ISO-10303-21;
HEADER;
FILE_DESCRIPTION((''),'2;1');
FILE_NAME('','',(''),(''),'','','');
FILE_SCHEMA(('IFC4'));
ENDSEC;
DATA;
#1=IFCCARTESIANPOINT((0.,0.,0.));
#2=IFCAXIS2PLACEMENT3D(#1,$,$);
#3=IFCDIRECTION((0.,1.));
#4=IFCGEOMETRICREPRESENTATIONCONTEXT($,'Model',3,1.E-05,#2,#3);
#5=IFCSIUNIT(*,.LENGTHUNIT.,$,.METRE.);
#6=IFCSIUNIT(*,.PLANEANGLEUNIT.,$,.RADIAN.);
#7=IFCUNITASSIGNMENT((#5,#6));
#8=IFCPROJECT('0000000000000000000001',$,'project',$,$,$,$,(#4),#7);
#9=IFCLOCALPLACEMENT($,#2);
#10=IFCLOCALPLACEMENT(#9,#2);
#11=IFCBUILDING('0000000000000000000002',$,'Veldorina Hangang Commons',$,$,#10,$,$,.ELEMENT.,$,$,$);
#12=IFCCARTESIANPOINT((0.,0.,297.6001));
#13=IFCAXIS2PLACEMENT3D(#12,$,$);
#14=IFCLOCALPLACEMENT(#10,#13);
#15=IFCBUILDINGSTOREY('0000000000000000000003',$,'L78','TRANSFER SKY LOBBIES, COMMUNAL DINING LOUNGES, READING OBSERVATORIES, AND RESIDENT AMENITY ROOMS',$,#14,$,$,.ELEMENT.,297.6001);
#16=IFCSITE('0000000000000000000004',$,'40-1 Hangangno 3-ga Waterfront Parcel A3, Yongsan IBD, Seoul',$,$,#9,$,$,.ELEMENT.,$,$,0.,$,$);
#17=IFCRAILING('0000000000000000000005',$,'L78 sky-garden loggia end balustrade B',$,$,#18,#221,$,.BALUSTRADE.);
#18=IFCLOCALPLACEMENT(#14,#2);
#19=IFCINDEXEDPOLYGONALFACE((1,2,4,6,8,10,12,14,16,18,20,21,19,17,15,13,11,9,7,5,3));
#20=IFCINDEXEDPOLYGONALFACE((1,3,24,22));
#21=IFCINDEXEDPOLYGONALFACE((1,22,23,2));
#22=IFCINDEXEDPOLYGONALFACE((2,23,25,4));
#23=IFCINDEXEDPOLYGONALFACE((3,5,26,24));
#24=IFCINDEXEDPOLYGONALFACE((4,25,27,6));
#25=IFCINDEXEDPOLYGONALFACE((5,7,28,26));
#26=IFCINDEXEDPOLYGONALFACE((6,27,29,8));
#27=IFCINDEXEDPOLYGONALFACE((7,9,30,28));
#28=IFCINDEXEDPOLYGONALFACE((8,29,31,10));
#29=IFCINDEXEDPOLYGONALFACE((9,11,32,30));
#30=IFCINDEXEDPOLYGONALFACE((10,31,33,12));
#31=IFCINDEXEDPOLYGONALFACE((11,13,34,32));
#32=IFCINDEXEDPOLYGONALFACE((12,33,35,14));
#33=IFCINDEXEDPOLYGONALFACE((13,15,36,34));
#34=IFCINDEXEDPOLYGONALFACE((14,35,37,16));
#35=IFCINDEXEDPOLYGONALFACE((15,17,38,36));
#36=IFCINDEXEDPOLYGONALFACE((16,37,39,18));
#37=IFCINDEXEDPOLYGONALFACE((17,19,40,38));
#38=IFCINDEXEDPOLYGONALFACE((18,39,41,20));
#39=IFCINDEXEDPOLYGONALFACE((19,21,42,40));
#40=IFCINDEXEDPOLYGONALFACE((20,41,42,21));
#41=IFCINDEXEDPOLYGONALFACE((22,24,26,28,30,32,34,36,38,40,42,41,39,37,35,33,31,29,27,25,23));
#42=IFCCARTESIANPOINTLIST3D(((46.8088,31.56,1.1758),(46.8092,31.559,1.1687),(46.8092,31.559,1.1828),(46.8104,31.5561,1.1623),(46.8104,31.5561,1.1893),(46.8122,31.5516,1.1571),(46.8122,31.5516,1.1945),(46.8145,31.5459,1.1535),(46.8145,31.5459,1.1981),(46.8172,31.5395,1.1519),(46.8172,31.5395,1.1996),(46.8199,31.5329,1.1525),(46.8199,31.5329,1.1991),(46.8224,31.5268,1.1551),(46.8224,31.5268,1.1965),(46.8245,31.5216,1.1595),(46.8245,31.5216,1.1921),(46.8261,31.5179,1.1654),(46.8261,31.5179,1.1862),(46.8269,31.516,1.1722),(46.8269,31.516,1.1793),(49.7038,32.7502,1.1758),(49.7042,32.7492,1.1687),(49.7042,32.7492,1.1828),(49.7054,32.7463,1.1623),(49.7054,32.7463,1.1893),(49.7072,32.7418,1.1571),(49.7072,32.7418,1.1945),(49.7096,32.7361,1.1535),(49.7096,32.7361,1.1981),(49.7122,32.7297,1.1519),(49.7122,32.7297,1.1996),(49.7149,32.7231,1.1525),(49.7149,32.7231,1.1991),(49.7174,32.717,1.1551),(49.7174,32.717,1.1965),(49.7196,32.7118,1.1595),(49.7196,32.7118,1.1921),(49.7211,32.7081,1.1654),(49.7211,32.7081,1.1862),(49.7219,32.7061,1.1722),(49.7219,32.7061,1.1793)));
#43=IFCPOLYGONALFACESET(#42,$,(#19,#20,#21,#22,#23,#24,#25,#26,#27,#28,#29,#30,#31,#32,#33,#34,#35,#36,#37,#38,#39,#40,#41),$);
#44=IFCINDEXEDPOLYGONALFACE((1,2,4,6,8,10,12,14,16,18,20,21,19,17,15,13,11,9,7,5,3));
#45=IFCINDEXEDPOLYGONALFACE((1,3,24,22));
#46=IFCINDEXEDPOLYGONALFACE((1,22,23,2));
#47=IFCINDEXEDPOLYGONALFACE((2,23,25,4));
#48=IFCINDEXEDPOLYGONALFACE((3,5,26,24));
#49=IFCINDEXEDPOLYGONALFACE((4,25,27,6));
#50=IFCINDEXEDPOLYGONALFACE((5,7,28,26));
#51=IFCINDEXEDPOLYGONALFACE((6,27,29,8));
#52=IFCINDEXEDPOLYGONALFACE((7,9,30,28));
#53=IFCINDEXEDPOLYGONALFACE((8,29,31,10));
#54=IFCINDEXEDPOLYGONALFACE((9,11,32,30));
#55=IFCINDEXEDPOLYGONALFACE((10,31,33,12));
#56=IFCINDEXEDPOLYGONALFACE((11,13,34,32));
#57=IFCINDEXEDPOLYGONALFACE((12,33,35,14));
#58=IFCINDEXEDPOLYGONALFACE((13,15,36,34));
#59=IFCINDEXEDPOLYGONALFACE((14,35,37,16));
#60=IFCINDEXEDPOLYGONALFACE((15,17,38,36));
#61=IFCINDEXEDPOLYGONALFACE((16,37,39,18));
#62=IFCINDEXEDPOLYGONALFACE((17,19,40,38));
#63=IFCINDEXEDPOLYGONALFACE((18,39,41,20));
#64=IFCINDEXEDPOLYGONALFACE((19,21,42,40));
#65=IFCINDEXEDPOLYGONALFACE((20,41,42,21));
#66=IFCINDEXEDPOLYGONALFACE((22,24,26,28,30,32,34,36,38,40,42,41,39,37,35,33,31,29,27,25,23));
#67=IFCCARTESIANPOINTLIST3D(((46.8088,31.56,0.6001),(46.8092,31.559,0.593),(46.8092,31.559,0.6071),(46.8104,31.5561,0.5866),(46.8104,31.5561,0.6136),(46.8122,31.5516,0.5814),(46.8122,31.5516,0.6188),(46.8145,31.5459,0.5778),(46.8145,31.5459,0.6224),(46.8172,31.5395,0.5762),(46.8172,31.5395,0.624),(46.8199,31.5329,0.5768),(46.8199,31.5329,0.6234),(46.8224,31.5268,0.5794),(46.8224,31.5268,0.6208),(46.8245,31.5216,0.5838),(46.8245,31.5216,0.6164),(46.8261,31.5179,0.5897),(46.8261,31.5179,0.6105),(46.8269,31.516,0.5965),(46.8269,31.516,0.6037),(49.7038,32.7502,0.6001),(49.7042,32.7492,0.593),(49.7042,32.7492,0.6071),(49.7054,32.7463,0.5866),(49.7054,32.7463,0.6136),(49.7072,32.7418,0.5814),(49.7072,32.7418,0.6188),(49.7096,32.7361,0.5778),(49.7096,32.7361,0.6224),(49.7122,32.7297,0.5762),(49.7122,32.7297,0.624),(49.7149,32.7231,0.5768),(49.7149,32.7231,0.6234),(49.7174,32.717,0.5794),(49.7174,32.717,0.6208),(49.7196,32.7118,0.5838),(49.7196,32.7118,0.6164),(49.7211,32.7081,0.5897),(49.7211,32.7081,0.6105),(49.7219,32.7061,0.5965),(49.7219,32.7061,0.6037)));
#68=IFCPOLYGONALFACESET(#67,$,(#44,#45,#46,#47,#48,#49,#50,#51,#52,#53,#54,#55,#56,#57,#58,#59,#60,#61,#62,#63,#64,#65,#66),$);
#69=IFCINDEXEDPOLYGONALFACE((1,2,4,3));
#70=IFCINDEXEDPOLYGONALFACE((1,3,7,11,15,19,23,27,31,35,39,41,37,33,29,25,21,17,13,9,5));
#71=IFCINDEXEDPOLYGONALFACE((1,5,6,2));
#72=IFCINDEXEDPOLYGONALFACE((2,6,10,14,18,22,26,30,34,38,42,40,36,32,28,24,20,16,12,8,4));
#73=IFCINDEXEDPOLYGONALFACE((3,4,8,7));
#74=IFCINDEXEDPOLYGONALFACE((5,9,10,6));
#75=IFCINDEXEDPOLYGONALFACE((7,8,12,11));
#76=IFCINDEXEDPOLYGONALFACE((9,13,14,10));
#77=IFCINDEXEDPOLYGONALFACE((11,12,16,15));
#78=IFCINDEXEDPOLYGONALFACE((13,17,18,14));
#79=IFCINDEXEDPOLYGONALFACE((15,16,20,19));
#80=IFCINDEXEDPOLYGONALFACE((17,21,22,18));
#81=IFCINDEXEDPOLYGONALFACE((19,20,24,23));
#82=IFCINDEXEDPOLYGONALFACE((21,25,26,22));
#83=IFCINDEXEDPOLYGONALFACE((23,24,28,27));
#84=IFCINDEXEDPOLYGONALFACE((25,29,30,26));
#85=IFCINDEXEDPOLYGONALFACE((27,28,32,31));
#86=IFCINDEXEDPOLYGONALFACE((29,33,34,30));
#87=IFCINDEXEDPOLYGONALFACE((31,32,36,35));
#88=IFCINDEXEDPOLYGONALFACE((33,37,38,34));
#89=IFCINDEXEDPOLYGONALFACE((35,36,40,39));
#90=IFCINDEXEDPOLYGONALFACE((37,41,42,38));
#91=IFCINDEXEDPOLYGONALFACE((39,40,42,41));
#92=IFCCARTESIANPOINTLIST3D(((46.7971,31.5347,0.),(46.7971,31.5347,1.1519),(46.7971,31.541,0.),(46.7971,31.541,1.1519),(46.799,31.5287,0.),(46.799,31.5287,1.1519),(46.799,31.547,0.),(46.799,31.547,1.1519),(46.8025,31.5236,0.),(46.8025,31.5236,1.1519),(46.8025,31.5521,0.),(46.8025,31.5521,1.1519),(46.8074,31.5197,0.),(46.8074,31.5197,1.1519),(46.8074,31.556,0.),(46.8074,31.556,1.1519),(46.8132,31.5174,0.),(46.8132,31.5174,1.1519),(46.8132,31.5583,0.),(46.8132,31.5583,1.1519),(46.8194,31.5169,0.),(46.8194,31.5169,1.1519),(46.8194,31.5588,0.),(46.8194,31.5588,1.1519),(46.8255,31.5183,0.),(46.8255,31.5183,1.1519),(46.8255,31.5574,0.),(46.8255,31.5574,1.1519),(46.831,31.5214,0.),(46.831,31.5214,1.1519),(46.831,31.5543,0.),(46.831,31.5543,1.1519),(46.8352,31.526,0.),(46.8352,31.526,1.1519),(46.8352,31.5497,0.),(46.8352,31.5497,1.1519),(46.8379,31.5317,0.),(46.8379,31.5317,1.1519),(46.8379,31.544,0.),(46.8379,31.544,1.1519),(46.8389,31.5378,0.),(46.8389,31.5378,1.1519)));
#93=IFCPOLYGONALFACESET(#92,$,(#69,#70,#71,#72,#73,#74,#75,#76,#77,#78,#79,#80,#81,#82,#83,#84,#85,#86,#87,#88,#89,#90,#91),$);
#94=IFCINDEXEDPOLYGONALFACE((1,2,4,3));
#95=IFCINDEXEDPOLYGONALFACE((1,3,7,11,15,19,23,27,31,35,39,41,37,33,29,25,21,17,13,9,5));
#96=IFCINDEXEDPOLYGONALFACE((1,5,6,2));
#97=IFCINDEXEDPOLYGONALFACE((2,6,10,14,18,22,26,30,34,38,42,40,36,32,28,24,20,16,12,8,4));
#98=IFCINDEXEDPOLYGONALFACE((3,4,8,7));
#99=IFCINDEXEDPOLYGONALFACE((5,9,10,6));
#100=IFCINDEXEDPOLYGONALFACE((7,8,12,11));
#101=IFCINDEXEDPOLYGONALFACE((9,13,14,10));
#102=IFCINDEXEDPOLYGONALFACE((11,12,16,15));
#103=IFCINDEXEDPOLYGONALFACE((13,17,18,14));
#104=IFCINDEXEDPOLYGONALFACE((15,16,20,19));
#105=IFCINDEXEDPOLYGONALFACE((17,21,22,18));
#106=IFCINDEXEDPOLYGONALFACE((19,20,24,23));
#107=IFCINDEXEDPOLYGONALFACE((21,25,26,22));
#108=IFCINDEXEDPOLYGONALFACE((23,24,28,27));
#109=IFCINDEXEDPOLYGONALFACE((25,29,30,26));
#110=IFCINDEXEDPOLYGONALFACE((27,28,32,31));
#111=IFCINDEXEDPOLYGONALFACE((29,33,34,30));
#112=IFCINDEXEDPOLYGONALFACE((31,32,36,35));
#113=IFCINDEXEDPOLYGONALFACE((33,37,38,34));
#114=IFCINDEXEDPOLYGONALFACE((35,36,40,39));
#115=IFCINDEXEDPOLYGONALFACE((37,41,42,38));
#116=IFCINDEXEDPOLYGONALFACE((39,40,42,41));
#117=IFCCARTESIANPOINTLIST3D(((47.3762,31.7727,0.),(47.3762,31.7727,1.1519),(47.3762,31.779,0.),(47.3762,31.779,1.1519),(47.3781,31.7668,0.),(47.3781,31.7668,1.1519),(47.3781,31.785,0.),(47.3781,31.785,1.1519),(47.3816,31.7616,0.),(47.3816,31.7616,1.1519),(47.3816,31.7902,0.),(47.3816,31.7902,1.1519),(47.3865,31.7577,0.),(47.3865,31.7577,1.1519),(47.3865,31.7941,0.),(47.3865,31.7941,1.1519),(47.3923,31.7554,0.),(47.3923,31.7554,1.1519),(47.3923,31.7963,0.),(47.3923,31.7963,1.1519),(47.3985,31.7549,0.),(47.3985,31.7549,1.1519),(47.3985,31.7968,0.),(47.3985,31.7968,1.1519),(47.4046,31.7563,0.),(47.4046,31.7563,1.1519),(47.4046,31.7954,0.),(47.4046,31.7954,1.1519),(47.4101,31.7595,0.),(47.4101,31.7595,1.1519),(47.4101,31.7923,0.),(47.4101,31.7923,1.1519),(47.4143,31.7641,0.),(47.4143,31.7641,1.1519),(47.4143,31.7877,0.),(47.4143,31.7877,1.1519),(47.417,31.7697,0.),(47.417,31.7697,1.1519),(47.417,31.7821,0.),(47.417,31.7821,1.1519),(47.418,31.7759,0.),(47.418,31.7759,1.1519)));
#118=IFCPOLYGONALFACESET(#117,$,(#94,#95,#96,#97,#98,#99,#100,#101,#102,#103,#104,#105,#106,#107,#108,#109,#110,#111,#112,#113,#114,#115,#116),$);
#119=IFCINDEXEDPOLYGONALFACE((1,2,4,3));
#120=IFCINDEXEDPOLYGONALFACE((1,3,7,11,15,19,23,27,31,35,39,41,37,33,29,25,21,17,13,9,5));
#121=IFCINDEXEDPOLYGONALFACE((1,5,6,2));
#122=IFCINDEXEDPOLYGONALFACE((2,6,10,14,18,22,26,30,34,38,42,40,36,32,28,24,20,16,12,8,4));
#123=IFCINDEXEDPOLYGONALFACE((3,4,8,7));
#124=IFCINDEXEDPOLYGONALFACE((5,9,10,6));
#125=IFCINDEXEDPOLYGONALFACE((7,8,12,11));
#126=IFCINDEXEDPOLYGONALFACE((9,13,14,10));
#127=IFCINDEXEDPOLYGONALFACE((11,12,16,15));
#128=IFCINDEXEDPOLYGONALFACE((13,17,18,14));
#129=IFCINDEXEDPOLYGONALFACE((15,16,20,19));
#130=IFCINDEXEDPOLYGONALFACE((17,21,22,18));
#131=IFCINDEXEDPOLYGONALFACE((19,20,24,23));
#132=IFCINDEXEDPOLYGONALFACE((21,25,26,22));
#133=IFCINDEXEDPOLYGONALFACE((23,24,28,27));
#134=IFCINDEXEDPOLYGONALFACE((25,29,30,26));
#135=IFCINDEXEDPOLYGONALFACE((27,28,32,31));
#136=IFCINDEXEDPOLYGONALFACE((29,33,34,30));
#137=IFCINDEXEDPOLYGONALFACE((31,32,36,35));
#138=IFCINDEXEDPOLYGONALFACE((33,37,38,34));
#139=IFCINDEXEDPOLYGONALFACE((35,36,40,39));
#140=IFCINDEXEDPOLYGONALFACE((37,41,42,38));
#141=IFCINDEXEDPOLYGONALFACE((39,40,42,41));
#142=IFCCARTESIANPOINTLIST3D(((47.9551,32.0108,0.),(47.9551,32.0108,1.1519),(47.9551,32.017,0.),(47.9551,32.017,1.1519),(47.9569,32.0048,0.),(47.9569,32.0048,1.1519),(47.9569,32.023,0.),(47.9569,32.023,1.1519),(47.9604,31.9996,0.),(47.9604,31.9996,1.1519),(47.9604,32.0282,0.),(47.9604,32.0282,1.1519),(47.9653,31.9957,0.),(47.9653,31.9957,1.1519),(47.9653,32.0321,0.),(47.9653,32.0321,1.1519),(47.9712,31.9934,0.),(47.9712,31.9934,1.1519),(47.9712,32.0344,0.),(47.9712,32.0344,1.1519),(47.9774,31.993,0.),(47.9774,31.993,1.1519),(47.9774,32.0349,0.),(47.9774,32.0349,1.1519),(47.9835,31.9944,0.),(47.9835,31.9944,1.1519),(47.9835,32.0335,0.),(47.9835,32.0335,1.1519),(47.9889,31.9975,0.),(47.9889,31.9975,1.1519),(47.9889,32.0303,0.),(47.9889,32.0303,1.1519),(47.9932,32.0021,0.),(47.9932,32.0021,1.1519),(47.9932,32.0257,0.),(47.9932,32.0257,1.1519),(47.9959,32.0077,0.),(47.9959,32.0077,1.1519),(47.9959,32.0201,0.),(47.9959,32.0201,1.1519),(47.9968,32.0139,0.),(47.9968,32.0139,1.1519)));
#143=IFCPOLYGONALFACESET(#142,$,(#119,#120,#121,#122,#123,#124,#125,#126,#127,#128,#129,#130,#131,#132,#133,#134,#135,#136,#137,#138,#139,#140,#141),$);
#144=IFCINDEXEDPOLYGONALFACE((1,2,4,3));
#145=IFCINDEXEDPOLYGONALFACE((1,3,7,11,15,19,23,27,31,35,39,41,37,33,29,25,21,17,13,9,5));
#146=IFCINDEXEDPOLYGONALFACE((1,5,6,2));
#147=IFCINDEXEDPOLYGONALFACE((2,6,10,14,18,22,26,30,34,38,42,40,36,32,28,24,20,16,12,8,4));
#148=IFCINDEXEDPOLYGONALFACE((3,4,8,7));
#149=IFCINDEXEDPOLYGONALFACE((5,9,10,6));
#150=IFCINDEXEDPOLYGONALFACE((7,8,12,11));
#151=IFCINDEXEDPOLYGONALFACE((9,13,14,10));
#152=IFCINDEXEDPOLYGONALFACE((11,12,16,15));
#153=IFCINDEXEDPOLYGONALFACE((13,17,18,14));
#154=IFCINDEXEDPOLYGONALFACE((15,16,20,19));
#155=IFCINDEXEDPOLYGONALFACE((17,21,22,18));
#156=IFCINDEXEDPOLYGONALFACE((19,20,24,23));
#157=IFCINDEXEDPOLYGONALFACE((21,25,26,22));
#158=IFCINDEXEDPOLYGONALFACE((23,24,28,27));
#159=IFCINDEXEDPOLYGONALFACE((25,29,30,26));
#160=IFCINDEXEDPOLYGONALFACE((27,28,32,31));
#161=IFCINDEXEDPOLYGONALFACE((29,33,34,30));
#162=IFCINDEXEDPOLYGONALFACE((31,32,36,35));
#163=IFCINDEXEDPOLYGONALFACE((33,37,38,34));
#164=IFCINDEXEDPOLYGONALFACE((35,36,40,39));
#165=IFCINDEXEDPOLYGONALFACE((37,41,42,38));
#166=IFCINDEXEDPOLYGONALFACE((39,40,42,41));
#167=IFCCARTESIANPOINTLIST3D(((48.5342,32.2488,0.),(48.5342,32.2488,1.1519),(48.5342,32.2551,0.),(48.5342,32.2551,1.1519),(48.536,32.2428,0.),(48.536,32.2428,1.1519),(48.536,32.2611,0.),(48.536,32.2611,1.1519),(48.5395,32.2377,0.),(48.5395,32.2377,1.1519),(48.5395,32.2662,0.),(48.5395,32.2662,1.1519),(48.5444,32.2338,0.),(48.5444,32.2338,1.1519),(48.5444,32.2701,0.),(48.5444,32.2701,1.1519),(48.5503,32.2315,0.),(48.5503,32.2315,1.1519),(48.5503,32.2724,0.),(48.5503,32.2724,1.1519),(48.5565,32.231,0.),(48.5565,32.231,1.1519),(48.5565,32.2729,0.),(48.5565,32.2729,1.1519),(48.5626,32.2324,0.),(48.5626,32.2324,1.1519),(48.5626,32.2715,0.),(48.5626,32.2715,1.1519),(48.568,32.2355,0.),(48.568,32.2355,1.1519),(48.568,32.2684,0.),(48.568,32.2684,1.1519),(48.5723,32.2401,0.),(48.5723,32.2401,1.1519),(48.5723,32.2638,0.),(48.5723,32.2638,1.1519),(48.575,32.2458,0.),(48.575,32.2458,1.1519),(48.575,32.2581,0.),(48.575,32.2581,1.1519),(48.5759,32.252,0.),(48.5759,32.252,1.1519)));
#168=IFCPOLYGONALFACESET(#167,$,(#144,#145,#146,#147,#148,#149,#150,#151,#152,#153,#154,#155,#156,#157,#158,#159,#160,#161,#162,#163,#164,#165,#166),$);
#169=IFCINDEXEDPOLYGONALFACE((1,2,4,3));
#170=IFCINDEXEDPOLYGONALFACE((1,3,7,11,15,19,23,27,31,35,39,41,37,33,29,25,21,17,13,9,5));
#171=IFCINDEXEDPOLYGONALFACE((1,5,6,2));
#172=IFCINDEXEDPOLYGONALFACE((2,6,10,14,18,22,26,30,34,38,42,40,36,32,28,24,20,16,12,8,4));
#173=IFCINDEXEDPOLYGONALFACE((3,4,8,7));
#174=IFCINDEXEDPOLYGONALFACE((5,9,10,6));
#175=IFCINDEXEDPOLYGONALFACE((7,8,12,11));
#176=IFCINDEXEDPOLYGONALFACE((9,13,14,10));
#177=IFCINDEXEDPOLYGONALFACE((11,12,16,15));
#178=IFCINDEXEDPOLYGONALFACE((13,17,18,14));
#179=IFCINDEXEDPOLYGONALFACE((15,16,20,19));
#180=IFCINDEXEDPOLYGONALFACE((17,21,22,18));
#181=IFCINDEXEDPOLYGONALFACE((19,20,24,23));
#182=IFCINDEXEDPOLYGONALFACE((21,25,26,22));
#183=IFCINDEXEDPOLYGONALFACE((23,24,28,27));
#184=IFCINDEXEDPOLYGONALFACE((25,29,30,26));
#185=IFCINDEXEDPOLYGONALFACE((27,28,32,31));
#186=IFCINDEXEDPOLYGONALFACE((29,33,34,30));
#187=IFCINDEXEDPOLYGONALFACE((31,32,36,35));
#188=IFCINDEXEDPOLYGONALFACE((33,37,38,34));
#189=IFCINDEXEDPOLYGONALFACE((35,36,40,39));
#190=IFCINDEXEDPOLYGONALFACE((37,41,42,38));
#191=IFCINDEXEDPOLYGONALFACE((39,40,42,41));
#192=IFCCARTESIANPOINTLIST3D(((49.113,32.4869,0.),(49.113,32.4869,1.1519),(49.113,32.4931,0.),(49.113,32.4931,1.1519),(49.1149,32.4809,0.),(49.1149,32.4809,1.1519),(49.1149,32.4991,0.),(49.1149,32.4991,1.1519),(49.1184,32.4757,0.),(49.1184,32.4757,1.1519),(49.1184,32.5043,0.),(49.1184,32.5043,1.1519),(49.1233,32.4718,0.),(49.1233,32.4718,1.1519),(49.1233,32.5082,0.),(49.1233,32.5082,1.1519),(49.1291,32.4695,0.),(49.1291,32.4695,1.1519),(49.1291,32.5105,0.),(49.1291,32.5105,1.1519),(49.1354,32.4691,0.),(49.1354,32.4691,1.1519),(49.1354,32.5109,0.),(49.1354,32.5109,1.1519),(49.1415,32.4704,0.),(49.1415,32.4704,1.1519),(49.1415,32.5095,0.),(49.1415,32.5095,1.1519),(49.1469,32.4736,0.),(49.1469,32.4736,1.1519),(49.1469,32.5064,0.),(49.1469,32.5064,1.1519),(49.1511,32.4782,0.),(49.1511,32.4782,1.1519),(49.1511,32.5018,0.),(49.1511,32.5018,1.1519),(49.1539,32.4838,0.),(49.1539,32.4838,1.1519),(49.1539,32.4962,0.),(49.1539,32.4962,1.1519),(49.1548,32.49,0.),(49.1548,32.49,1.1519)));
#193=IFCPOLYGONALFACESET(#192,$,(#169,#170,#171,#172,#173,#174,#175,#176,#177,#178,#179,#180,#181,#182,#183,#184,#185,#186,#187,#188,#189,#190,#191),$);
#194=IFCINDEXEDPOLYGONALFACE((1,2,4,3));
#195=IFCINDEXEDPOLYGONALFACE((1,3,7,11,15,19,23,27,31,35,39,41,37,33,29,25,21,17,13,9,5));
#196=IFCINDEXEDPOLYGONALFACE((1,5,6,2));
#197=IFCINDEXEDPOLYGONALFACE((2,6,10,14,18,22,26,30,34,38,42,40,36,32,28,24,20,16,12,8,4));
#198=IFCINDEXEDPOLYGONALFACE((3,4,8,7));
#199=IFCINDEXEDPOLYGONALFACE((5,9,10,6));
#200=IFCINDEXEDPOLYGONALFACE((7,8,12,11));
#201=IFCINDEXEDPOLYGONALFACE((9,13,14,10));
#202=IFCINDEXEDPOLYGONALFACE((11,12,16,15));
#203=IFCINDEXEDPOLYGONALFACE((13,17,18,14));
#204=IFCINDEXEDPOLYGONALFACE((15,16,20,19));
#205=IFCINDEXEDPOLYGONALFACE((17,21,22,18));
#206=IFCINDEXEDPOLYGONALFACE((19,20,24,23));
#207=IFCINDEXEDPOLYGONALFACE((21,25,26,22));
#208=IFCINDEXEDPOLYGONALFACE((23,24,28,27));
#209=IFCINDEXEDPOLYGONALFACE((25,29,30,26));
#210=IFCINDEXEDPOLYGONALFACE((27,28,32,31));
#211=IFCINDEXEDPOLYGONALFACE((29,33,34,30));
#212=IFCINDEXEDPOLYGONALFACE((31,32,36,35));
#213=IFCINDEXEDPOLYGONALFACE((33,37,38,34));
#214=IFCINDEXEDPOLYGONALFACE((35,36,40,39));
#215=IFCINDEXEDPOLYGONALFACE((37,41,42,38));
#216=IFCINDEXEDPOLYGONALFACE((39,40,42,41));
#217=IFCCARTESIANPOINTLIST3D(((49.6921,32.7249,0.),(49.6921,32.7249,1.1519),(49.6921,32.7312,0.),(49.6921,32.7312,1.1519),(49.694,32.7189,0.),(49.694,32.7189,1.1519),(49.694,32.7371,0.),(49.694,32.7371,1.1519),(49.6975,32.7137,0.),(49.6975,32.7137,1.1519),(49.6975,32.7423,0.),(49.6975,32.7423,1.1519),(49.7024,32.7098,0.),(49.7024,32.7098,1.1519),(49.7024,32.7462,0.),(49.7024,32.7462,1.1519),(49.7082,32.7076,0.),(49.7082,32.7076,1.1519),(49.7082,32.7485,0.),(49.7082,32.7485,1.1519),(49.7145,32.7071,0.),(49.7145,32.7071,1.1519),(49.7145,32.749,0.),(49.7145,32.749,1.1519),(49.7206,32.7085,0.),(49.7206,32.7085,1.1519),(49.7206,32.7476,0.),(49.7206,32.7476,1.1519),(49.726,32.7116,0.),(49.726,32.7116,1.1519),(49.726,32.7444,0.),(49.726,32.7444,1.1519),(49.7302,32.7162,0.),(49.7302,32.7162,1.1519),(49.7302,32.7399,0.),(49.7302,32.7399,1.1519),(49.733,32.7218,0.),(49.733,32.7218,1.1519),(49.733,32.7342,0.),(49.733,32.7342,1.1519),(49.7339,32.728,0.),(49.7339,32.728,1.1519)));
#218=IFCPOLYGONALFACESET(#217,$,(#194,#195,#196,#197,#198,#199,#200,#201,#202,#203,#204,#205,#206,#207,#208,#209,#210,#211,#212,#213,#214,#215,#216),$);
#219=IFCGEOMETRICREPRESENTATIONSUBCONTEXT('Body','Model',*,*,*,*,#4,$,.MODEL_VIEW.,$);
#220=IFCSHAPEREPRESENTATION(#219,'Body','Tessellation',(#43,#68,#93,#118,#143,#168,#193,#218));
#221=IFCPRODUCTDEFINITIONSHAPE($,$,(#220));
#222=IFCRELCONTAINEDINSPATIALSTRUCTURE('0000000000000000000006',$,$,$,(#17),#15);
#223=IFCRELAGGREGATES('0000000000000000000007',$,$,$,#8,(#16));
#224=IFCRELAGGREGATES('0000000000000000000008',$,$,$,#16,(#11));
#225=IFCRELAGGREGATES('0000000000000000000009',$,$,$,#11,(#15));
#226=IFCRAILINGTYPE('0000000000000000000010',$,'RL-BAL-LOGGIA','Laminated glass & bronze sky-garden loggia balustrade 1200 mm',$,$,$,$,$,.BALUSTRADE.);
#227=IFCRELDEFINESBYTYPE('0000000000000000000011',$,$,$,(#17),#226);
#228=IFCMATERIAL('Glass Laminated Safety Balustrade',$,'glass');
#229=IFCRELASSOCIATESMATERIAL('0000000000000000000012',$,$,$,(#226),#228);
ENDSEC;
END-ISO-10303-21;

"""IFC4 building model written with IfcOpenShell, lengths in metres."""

from ifc_helpers import new_model, si_unit, direction, frame, origin, origin_2d, place, context, subcontext, project, spatial, circle, extrude, material, type_object, element, save


model = new_model("IFC4")

# Units and contexts
model_context = context("Model", 3, precision=1e-05, world=origin(), true_north=direction((0.0, 1.0)))
body_context = subcontext(model_context, "Body", "Model", "MODEL_VIEW")
ifc_project = project(units=[si_unit("LENGTHUNIT", "METRE"), si_unit("PLANEANGLEUNIT", "RADIAN")], contexts=[model_context])

# Site, building, storey
site_placement = place(None, origin())
site = spatial("IfcSite", under=ifc_project, at=site_placement, Name="40-1 Hangangno 3-ga Waterfront Parcel A3, Yongsan IBD, Seoul", CompositionType="ELEMENT", RefElevation=0.0)
building_placement = place(site_placement, origin())
building = spatial("IfcBuilding", under=site, at=building_placement, Name="Veldorina Hangang Commons", CompositionType="ELEMENT")
storey_placement = place(building_placement, frame((0.0, 0.0, 297.6001)))
storey = spatial("IfcBuildingStorey", under=building, at=storey_placement, Name="L78", Description="TRANSFER SKY LOBBIES, COMMUNAL DINING LOUNGES, READING OBSERVATORIES, AND RESIDENT AMENITY ROOMS", CompositionType="ELEMENT", Elevation=297.6001)

# Railing
ifc_material_1 = material(Name="Glass Laminated Safety Balustrade", Category="glass")
railing_type = type_object("IfcRailingType", Name="RL-BAL-LOGGIA", Description="Laminated glass & bronze sky-garden loggia balustrade 1200 mm", PredefinedType="BALUSTRADE", material=ifc_material_1)
railing_placement = place(storey_placement, frame((46.8179, 31.5378, 0.0)))
element("IfcRailing", 1, at=railing_placement, inside=storey, type_object=railing_type, Name="L78 sky-garden loggia end balustrade B", PredefinedType="BALUSTRADE", context=body_context, shape_type="SweptSolid", body=[
    extrude(circle(Radius=0.0239, at=origin_2d()), frame((0.0, 0.0, 1.1758), z_axis=(0.92489, 0.380236, 0.0), x_axis=(-0.380236, 0.92489, 0.0)), (0.0, 0.0, 1.0), 3.1301),
    extrude(circle(Radius=0.0239, at=origin_2d()), frame((0.0, 0.0, 0.6001), z_axis=(0.92489, 0.380236, 0.0), x_axis=(-0.380236, 0.92489, 0.0)), (0.0, 0.0, 1.0), 3.1301),
    extrude(circle(Radius=0.021, at=origin_2d()), origin(), (0.0, 0.0, 1.0), 1.1519),
    extrude(circle(Radius=0.021, at=origin_2d()), frame((0.5791, 0.238, 0.0)), (0.0, 0.0, 1.0), 1.1519),
    extrude(circle(Radius=0.021, at=origin_2d()), frame((1.158, 0.4761, 0.0)), (0.0, 0.0, 1.0), 1.1519),
    extrude(circle(Radius=0.021, at=origin_2d()), frame((1.7371, 0.7141, 0.0)), (0.0, 0.0, 1.0), 1.1519),
    extrude(circle(Radius=0.021, at=origin_2d()), frame((2.3159, 0.9521, 0.0)), (0.0, 0.0, 1.0), 1.1519),
    extrude(circle(Radius=0.021, at=origin_2d()), frame((2.895, 1.1902, 0.0)), (0.0, 0.0, 1.0), 1.1519),
])

save(model, "model.ifc")
